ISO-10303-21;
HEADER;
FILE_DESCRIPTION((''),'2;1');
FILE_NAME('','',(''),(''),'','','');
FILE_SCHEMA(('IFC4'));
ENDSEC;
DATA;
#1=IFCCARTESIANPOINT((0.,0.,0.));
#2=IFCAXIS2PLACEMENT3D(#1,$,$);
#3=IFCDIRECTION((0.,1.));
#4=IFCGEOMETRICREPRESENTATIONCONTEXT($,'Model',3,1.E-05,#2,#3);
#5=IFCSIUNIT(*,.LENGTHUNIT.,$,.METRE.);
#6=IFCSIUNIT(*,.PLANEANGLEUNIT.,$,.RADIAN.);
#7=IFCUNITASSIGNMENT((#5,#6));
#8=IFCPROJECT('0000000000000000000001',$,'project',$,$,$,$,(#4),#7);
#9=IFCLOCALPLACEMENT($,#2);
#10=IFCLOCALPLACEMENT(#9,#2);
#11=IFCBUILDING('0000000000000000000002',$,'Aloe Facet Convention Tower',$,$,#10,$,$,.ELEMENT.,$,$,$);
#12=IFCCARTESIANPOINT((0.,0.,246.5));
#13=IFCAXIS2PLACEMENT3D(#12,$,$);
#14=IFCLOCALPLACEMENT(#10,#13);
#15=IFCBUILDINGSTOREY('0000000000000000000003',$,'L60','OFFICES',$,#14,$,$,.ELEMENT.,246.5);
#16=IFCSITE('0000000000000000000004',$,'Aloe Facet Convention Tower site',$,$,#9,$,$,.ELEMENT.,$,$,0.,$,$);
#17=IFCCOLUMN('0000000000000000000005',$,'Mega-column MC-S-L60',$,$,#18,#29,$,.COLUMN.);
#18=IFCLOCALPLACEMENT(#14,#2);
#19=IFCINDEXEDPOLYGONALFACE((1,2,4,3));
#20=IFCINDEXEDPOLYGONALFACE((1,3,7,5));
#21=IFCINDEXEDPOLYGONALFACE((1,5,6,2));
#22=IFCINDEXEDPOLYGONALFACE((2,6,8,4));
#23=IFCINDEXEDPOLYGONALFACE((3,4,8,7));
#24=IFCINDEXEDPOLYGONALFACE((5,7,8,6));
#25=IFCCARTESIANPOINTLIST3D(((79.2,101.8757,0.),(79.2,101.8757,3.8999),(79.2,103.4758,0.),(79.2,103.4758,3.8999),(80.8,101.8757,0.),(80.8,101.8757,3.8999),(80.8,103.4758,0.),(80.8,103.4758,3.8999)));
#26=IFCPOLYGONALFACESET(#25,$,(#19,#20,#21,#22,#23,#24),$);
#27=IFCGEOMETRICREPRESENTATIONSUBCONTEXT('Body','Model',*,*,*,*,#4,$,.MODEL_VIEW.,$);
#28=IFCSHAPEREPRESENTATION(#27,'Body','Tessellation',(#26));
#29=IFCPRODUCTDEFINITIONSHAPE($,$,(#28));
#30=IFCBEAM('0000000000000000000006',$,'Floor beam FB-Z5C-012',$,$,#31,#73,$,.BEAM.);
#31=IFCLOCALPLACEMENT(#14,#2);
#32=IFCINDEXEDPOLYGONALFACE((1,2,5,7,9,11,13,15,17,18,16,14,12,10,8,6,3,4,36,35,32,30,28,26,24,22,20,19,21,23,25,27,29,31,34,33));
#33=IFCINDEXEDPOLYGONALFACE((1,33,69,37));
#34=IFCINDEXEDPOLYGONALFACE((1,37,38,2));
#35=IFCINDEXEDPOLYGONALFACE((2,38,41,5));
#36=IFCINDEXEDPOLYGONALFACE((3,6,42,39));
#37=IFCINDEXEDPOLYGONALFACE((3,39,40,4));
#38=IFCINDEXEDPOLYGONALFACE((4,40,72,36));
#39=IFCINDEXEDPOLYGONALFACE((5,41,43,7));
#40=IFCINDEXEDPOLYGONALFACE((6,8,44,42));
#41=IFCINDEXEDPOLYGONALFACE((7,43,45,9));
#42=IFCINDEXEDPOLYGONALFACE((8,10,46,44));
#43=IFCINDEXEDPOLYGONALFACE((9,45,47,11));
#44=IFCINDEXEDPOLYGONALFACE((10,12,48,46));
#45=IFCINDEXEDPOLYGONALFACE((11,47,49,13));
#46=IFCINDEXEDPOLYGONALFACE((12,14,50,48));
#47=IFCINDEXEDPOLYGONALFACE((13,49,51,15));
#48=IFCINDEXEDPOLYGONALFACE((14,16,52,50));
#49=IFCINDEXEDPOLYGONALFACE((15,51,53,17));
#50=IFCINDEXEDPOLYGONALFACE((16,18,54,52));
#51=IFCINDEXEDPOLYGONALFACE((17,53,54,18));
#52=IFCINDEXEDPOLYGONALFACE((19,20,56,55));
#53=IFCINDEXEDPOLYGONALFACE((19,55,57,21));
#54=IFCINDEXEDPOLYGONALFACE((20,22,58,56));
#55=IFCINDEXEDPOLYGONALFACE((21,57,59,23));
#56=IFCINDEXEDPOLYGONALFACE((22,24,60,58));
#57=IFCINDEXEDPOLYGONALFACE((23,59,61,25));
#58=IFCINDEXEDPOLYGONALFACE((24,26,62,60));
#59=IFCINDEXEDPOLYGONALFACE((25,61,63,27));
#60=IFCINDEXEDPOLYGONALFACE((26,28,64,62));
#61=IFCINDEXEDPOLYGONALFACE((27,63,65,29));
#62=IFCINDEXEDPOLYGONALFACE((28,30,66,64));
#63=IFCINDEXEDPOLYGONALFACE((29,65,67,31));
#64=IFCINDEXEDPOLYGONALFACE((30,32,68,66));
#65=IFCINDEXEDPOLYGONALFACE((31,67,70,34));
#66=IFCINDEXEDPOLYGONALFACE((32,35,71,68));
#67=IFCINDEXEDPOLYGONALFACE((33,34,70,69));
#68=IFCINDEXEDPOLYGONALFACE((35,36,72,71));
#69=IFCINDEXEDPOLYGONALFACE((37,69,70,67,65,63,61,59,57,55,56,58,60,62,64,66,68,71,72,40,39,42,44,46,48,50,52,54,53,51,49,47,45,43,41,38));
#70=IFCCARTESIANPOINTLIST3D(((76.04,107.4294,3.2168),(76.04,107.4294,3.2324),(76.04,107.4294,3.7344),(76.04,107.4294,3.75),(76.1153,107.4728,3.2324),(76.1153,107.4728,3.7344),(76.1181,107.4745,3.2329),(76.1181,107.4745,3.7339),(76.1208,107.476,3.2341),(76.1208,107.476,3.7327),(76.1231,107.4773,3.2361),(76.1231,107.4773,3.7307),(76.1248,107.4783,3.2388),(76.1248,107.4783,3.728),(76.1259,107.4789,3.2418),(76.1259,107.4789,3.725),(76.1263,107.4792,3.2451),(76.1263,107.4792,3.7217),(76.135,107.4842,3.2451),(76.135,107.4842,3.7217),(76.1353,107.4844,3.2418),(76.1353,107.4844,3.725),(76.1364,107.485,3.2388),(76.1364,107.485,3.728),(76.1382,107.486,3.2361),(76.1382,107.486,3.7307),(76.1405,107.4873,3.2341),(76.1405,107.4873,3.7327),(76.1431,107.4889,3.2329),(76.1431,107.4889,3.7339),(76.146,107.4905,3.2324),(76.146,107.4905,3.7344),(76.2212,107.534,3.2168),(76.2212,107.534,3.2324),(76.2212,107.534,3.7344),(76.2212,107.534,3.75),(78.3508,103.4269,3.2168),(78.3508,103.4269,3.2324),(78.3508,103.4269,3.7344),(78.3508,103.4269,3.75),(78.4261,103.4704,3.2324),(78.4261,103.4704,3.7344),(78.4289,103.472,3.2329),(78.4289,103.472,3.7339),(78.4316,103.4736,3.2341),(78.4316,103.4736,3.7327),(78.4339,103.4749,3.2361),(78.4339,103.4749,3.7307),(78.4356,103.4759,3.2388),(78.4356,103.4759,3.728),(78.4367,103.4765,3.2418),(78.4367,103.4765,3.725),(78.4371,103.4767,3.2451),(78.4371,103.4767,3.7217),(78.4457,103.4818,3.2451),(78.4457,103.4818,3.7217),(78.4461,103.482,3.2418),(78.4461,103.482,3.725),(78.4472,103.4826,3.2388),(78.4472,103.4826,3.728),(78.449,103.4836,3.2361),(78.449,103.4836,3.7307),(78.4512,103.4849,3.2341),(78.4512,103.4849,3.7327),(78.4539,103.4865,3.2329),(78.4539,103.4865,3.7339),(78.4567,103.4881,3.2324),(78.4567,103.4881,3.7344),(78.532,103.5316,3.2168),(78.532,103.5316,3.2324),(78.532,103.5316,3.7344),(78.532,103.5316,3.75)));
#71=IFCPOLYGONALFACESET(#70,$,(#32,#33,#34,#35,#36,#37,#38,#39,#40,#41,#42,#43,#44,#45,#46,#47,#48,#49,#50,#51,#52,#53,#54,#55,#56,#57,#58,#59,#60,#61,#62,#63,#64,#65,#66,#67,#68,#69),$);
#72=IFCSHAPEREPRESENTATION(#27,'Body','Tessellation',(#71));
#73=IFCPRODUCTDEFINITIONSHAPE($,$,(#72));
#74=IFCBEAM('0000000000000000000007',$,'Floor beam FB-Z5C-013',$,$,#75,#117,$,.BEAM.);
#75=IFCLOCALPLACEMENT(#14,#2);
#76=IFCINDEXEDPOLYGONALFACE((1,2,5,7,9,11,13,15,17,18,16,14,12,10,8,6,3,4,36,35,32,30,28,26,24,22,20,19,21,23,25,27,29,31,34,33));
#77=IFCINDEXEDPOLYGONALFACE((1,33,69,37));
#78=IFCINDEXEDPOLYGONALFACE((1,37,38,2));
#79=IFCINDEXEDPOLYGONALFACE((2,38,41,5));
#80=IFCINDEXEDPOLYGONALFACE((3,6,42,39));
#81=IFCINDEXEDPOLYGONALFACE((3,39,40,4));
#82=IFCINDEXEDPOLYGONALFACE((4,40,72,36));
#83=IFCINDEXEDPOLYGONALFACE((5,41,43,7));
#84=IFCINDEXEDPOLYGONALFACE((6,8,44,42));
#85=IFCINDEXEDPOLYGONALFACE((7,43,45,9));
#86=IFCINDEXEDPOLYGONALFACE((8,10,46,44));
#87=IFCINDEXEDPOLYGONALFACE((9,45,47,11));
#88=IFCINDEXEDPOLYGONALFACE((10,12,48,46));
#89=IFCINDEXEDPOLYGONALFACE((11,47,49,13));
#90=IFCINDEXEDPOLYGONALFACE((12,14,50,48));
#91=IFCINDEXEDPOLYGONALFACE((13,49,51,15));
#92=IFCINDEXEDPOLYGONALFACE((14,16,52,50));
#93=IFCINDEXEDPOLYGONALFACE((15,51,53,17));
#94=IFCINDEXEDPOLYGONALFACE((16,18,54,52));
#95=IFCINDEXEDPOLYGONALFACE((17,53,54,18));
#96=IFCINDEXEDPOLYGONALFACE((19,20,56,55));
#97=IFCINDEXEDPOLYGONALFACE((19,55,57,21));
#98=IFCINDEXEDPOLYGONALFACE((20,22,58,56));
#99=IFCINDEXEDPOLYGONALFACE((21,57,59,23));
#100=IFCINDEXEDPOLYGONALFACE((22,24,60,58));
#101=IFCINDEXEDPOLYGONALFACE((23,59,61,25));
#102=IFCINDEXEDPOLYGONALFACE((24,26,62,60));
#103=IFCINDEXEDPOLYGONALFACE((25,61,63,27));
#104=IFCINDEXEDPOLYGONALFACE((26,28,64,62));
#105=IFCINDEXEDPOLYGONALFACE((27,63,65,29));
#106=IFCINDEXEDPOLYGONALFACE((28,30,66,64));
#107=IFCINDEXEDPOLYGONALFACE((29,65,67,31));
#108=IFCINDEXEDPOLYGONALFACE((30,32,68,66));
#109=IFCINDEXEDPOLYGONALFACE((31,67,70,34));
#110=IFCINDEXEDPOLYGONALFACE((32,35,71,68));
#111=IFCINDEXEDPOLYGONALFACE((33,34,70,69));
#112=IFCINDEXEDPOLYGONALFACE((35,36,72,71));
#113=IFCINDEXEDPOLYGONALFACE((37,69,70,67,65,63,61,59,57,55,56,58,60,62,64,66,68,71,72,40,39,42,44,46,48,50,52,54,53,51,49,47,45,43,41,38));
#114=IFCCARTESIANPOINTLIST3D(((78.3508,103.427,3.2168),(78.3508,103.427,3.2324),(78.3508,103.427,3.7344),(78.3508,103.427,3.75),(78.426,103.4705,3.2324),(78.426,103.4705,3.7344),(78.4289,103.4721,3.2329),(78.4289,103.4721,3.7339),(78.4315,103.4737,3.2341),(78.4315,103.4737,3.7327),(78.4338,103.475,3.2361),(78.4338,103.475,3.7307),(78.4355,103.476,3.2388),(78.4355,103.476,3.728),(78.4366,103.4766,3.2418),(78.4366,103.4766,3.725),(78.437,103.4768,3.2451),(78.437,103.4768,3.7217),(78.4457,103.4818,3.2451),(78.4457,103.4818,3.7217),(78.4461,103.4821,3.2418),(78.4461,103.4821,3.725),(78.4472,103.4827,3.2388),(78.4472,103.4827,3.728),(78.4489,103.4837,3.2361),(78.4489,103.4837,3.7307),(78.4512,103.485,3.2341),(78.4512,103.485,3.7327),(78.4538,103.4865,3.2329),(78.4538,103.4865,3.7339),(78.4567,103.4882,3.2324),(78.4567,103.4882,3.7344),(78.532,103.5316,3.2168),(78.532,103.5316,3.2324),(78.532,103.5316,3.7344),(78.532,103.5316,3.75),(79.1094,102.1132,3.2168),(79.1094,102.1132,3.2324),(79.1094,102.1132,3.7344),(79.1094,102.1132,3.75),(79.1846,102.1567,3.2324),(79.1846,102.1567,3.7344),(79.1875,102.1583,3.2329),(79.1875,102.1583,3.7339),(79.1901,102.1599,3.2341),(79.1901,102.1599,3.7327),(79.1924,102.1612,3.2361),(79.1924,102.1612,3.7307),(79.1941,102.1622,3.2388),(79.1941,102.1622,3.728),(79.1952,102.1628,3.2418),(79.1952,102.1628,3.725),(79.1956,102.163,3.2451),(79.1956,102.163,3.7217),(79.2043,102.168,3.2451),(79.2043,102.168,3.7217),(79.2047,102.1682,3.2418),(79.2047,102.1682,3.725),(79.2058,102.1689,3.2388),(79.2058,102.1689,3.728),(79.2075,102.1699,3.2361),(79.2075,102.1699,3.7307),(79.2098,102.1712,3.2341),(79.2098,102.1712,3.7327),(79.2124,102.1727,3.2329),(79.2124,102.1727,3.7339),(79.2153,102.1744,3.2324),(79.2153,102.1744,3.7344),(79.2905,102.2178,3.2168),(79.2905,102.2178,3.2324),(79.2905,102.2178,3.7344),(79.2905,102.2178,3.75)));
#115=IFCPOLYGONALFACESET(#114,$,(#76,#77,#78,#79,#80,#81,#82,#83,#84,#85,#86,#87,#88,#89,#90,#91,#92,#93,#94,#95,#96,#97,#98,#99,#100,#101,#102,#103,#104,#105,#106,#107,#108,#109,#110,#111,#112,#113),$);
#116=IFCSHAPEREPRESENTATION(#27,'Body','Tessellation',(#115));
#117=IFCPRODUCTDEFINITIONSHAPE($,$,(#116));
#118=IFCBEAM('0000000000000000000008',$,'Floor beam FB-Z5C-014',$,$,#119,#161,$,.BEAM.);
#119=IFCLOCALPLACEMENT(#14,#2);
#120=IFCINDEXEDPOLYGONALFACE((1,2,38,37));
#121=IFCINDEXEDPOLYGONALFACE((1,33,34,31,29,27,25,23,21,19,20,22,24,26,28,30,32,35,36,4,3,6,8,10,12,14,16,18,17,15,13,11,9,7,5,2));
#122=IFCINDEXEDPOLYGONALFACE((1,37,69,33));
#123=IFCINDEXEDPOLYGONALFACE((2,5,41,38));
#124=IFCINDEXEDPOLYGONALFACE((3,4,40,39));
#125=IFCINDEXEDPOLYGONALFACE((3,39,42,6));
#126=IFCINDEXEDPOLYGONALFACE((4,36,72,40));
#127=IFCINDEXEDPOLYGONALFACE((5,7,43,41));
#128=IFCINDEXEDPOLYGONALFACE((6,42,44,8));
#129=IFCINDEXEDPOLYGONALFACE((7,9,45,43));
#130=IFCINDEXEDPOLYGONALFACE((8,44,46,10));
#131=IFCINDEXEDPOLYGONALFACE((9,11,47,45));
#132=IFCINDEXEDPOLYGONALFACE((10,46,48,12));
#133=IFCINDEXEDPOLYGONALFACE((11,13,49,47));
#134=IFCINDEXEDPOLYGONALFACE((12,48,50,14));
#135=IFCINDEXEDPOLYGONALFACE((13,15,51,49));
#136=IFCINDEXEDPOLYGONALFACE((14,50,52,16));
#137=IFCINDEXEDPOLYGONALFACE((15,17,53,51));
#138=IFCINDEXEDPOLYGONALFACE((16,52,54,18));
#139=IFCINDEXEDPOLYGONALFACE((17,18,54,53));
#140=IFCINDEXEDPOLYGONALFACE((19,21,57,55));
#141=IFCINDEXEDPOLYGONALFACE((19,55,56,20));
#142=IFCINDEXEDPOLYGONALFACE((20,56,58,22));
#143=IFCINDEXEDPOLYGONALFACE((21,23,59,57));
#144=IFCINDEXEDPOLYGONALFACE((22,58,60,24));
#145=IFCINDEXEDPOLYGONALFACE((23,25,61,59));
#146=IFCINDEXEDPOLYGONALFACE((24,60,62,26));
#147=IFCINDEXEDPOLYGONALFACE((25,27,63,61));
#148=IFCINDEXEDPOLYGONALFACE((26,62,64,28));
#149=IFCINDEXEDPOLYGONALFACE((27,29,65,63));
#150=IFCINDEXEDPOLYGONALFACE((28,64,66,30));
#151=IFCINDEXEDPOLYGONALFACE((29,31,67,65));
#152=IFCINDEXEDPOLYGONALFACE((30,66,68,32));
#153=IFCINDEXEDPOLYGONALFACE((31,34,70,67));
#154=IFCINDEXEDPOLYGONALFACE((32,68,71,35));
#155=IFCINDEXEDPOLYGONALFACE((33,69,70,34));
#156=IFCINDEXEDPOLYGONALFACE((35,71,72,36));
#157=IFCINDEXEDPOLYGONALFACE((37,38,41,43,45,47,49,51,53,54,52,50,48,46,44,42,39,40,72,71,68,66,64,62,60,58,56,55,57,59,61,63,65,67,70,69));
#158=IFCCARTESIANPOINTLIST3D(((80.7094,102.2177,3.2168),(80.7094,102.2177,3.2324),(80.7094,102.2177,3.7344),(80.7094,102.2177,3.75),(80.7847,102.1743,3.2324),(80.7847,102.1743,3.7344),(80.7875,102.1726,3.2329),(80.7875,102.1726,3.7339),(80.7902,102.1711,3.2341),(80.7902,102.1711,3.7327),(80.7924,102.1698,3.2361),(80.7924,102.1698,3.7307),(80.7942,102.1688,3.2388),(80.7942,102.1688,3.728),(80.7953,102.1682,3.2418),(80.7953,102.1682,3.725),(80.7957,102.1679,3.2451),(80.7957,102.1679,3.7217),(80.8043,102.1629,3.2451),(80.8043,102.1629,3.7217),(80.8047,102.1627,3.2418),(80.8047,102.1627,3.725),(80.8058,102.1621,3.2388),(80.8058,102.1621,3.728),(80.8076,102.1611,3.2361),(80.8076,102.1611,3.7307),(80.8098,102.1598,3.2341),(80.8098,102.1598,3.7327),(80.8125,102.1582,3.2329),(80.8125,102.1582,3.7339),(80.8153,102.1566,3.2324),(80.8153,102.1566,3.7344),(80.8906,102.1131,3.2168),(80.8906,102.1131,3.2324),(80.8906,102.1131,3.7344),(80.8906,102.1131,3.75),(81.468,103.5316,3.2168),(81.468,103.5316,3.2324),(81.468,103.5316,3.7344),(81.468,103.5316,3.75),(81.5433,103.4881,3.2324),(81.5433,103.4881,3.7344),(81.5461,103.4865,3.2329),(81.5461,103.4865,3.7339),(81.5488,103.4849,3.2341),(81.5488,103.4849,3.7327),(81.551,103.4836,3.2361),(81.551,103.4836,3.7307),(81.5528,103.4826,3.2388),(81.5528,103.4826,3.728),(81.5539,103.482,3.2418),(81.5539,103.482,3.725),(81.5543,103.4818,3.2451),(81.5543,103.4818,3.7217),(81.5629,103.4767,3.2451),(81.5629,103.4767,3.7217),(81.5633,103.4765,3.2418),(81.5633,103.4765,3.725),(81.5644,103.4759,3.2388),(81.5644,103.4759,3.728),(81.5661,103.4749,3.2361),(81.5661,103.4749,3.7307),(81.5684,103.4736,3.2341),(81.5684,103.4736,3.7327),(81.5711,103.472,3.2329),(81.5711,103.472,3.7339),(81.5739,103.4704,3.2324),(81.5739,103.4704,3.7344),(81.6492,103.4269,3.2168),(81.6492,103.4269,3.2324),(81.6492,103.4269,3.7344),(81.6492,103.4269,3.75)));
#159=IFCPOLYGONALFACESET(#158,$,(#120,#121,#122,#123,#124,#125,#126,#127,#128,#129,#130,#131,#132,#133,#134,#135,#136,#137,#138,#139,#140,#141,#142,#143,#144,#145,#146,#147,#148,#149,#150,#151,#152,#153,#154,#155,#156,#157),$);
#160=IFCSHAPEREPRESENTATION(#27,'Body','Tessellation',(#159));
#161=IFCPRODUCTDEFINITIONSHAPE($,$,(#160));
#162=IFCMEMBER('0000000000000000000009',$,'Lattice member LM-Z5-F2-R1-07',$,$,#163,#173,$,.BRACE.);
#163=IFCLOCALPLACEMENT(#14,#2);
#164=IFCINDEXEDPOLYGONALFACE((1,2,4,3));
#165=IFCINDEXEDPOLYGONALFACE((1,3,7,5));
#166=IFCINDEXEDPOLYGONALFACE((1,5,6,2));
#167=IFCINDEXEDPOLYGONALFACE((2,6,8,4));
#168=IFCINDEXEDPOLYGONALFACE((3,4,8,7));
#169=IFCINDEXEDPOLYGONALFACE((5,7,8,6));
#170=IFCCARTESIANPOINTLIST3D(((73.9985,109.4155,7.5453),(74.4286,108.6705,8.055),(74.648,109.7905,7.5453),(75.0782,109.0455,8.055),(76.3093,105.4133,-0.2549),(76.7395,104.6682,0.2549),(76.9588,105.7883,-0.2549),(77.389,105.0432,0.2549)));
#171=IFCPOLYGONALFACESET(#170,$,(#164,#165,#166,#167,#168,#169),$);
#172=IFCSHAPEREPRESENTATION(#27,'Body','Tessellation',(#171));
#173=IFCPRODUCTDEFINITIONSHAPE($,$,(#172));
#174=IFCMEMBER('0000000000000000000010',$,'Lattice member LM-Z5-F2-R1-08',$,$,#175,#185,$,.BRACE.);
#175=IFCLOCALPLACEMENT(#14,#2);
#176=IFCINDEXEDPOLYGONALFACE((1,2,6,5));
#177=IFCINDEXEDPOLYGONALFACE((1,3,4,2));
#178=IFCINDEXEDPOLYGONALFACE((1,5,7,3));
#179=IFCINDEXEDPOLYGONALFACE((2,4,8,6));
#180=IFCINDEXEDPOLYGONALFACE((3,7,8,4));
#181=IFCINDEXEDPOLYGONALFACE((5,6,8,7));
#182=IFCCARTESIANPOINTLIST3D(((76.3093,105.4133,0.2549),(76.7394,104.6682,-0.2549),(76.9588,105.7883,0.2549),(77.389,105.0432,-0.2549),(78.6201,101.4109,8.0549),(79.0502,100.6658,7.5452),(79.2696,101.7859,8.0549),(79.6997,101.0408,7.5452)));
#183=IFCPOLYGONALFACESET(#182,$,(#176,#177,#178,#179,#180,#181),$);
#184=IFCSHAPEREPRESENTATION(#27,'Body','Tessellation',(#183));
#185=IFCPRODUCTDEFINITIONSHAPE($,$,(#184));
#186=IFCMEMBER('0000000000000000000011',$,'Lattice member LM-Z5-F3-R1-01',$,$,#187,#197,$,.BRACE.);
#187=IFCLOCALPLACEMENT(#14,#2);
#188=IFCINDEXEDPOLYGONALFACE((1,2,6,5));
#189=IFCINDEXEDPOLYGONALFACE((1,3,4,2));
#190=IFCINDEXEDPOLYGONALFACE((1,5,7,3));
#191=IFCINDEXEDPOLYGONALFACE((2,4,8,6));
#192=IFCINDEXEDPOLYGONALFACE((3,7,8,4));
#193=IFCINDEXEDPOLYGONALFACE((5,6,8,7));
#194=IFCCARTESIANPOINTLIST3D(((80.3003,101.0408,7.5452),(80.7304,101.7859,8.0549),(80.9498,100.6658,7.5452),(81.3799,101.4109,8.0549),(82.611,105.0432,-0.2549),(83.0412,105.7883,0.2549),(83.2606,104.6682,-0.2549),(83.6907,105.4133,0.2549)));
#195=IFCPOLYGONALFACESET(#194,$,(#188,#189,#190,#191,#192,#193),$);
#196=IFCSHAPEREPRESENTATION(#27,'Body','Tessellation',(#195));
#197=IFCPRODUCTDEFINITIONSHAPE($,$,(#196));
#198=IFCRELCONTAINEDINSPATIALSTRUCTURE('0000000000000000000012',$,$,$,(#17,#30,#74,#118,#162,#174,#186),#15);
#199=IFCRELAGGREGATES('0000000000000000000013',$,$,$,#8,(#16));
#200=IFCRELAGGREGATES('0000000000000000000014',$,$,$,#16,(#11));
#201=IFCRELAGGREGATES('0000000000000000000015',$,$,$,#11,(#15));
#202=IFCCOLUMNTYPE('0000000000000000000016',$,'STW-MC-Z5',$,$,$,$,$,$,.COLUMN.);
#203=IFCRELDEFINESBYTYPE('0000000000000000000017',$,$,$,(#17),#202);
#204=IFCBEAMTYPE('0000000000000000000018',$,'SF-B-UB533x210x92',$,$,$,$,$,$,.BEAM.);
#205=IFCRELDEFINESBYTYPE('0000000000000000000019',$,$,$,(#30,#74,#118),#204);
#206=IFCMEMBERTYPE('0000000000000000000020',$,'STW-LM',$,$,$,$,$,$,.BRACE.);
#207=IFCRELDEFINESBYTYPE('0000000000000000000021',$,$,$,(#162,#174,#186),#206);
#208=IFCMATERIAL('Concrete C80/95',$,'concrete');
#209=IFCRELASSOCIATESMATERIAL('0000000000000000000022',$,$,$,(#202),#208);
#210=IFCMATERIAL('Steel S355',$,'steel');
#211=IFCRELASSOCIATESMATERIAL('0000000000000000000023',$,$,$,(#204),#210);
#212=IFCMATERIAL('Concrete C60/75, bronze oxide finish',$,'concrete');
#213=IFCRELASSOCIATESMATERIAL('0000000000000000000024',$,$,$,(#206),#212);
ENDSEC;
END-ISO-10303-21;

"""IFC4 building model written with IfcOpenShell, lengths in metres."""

from ifc_helpers import new_model, si_unit, direction, frame, origin, origin_2d, place, context, subcontext, project, spatial, rectangle, i_section, extrude, material, material_profile, profile_set, type_object, element, save


model = new_model("IFC4")

# Units and contexts
model_context = context("Model", 3, precision=1e-05, world=origin(), true_north=direction((0.0, 1.0)))
body_context = subcontext(model_context, "Body", "Model", "MODEL_VIEW")
ifc_project = project(units=[si_unit("LENGTHUNIT", "METRE"), si_unit("PLANEANGLEUNIT", "RADIAN")], contexts=[model_context])

# Site, building, storey
site_placement = place(None, origin())
site = spatial("IfcSite", under=ifc_project, at=site_placement, Name="Aloe Facet Convention Tower site", CompositionType="ELEMENT", RefElevation=0.0)
building_placement = place(site_placement, origin())
building = spatial("IfcBuilding", under=site, at=building_placement, Name="Aloe Facet Convention Tower", CompositionType="ELEMENT")
storey_placement = place(building_placement, frame((0.0, 0.0, 246.5)))
storey = spatial("IfcBuildingStorey", under=building, at=storey_placement, Name="L60", Description="OFFICES", CompositionType="ELEMENT", Elevation=246.5)

# Column
ifc_material_1 = material(Name="Concrete C80/95", Category="concrete")
ifc_material_profile_1 = material_profile(ifc_material_1, rectangle(XDim=1.6001, YDim=1.6001, at=origin_2d()), Name="STW-MC-Z5")
ifc_profile_set_1 = profile_set([ifc_material_profile_1], Name="Concrete C80/95")
column_type = type_object("IfcColumnType", Name="STW-MC-Z5", PredefinedType="COLUMN", material=ifc_profile_set_1)
column_placement = place(storey_placement, frame((80.0, 102.6758, 0.0), z_axis=(0.0, 0.0, 1.0), x_axis=(1.0, 0.0, 0.0)))
element("IfcColumn", 1, at=column_placement, inside=storey, type_object=column_type, Name="Mega-column MC-S-L60", PredefinedType="COLUMN", context=body_context, shape_type="SweptSolid", body=[
    extrude(rectangle(XDim=1.6001, YDim=1.6001, at=origin_2d()), origin(), (0.0, 0.0, 1.0), 3.8999),
])

# Beams
ifc_material_2 = material(Name="Steel S355", Category="steel")
ifc_material_profile_2 = material_profile(ifc_material_2, i_section(OverallWidth=0.2092, OverallDepth=0.5332, WebThickness=0.01, FlangeThickness=0.0156, FilletRadius=0.0127, at=origin_2d()), Name="UB 533x210x92")
ifc_profile_set_2 = profile_set([ifc_material_profile_2], Name="Steel S355")
beam_type = type_object("IfcBeamType", Name="SF-B-UB533x210x92", PredefinedType="BEAM", material=ifc_profile_set_2)
beam_placement = place(storey_placement, frame((78.4414, 103.4792, 3.4834), z_axis=(-0.499997, 0.866027, 0.0), x_axis=(-0.866027, -0.499997, 0.0)))
element("IfcBeam", 2, at=beam_placement, inside=storey, type_object=beam_type, Name="Floor beam FB-Z5C-012", PredefinedType="BEAM", context=body_context, shape_type="SweptSolid", body=[
    extrude(i_section(OverallWidth=0.2092, OverallDepth=0.5332, WebThickness=0.01, FlangeThickness=0.0156, FilletRadius=0.0127, at=origin_2d()), origin(), (0.0, 0.0, 1.0), 4.6216),
])
for number, where, z_axis, x_axis, name in (
    (3, (79.2, 102.1655, 3.4834), (-0.500034, 0.866006, 0.0), (-0.866006, -0.500034, 0.0), "Floor beam FB-Z5C-013"),
    (4, (81.5586, 103.4792, 3.4834), (-0.500034, -0.866006, 0.0), (0.866006, -0.500034, 0.0), "Floor beam FB-Z5C-014"),
):
    element("IfcBeam", number, at=place(storey_placement, frame(where, z_axis=z_axis, x_axis=x_axis)), inside=storey, type_object=beam_type, Name=name, PredefinedType="BEAM", context=body_context, shape_type="SweptSolid", body=[
        extrude(i_section(OverallWidth=0.2092, OverallDepth=0.5332, WebThickness=0.01, FlangeThickness=0.0156, FilletRadius=0.0127, at=origin_2d()), origin(), (0.0, 0.0, 1.0), 1.5171),
    ])

# Members
ifc_material_3 = material(Name="Concrete C60/75, bronze oxide finish", Category="concrete")
ifc_material_profile_3 = material_profile(ifc_material_3, rectangle(XDim=0.75, YDim=1.0, at=origin_2d()), Name="STW-LM")
ifc_profile_set_3 = profile_set([ifc_material_profile_3], Name="Concrete C60/75, bronze oxide finish")
member_type = type_object("IfcMemberType", Name="STW-LM", PredefinedType="BRACE", material=ifc_profile_set_3)
for number, where, z_axis, x_axis, name in (
    (5, (76.8491, 105.2283, 0.0), (-0.254876, 0.441436, 0.860333), (-0.866014, -0.50002, 0.0), "Lattice member LM-Z5-F2-R1-07"),
    (6, (76.8491, 105.2283, 0.0), (0.254873, -0.441458, 0.860322), (0.866027, 0.499997, 0.0), "Lattice member LM-Z5-F2-R1-08"),
    (7, (83.1509, 105.2283, 0.0), (-0.254873, -0.441458, 0.860322), (0.866027, -0.499997, 0.0), "Lattice member LM-Z5-F3-R1-01"),
):
    element("IfcMember", number, at=place(storey_placement, frame(where, z_axis=z_axis, x_axis=x_axis)), inside=storey, type_object=member_type, Name=name, PredefinedType="BRACE", context=body_context, shape_type="SweptSolid", body=[
        extrude(rectangle(XDim=0.75, YDim=1.0, at=origin_2d()), origin(), (0.0, 0.0, 1.0), 9.0664),
    ])

save(model, "model.ifc")
